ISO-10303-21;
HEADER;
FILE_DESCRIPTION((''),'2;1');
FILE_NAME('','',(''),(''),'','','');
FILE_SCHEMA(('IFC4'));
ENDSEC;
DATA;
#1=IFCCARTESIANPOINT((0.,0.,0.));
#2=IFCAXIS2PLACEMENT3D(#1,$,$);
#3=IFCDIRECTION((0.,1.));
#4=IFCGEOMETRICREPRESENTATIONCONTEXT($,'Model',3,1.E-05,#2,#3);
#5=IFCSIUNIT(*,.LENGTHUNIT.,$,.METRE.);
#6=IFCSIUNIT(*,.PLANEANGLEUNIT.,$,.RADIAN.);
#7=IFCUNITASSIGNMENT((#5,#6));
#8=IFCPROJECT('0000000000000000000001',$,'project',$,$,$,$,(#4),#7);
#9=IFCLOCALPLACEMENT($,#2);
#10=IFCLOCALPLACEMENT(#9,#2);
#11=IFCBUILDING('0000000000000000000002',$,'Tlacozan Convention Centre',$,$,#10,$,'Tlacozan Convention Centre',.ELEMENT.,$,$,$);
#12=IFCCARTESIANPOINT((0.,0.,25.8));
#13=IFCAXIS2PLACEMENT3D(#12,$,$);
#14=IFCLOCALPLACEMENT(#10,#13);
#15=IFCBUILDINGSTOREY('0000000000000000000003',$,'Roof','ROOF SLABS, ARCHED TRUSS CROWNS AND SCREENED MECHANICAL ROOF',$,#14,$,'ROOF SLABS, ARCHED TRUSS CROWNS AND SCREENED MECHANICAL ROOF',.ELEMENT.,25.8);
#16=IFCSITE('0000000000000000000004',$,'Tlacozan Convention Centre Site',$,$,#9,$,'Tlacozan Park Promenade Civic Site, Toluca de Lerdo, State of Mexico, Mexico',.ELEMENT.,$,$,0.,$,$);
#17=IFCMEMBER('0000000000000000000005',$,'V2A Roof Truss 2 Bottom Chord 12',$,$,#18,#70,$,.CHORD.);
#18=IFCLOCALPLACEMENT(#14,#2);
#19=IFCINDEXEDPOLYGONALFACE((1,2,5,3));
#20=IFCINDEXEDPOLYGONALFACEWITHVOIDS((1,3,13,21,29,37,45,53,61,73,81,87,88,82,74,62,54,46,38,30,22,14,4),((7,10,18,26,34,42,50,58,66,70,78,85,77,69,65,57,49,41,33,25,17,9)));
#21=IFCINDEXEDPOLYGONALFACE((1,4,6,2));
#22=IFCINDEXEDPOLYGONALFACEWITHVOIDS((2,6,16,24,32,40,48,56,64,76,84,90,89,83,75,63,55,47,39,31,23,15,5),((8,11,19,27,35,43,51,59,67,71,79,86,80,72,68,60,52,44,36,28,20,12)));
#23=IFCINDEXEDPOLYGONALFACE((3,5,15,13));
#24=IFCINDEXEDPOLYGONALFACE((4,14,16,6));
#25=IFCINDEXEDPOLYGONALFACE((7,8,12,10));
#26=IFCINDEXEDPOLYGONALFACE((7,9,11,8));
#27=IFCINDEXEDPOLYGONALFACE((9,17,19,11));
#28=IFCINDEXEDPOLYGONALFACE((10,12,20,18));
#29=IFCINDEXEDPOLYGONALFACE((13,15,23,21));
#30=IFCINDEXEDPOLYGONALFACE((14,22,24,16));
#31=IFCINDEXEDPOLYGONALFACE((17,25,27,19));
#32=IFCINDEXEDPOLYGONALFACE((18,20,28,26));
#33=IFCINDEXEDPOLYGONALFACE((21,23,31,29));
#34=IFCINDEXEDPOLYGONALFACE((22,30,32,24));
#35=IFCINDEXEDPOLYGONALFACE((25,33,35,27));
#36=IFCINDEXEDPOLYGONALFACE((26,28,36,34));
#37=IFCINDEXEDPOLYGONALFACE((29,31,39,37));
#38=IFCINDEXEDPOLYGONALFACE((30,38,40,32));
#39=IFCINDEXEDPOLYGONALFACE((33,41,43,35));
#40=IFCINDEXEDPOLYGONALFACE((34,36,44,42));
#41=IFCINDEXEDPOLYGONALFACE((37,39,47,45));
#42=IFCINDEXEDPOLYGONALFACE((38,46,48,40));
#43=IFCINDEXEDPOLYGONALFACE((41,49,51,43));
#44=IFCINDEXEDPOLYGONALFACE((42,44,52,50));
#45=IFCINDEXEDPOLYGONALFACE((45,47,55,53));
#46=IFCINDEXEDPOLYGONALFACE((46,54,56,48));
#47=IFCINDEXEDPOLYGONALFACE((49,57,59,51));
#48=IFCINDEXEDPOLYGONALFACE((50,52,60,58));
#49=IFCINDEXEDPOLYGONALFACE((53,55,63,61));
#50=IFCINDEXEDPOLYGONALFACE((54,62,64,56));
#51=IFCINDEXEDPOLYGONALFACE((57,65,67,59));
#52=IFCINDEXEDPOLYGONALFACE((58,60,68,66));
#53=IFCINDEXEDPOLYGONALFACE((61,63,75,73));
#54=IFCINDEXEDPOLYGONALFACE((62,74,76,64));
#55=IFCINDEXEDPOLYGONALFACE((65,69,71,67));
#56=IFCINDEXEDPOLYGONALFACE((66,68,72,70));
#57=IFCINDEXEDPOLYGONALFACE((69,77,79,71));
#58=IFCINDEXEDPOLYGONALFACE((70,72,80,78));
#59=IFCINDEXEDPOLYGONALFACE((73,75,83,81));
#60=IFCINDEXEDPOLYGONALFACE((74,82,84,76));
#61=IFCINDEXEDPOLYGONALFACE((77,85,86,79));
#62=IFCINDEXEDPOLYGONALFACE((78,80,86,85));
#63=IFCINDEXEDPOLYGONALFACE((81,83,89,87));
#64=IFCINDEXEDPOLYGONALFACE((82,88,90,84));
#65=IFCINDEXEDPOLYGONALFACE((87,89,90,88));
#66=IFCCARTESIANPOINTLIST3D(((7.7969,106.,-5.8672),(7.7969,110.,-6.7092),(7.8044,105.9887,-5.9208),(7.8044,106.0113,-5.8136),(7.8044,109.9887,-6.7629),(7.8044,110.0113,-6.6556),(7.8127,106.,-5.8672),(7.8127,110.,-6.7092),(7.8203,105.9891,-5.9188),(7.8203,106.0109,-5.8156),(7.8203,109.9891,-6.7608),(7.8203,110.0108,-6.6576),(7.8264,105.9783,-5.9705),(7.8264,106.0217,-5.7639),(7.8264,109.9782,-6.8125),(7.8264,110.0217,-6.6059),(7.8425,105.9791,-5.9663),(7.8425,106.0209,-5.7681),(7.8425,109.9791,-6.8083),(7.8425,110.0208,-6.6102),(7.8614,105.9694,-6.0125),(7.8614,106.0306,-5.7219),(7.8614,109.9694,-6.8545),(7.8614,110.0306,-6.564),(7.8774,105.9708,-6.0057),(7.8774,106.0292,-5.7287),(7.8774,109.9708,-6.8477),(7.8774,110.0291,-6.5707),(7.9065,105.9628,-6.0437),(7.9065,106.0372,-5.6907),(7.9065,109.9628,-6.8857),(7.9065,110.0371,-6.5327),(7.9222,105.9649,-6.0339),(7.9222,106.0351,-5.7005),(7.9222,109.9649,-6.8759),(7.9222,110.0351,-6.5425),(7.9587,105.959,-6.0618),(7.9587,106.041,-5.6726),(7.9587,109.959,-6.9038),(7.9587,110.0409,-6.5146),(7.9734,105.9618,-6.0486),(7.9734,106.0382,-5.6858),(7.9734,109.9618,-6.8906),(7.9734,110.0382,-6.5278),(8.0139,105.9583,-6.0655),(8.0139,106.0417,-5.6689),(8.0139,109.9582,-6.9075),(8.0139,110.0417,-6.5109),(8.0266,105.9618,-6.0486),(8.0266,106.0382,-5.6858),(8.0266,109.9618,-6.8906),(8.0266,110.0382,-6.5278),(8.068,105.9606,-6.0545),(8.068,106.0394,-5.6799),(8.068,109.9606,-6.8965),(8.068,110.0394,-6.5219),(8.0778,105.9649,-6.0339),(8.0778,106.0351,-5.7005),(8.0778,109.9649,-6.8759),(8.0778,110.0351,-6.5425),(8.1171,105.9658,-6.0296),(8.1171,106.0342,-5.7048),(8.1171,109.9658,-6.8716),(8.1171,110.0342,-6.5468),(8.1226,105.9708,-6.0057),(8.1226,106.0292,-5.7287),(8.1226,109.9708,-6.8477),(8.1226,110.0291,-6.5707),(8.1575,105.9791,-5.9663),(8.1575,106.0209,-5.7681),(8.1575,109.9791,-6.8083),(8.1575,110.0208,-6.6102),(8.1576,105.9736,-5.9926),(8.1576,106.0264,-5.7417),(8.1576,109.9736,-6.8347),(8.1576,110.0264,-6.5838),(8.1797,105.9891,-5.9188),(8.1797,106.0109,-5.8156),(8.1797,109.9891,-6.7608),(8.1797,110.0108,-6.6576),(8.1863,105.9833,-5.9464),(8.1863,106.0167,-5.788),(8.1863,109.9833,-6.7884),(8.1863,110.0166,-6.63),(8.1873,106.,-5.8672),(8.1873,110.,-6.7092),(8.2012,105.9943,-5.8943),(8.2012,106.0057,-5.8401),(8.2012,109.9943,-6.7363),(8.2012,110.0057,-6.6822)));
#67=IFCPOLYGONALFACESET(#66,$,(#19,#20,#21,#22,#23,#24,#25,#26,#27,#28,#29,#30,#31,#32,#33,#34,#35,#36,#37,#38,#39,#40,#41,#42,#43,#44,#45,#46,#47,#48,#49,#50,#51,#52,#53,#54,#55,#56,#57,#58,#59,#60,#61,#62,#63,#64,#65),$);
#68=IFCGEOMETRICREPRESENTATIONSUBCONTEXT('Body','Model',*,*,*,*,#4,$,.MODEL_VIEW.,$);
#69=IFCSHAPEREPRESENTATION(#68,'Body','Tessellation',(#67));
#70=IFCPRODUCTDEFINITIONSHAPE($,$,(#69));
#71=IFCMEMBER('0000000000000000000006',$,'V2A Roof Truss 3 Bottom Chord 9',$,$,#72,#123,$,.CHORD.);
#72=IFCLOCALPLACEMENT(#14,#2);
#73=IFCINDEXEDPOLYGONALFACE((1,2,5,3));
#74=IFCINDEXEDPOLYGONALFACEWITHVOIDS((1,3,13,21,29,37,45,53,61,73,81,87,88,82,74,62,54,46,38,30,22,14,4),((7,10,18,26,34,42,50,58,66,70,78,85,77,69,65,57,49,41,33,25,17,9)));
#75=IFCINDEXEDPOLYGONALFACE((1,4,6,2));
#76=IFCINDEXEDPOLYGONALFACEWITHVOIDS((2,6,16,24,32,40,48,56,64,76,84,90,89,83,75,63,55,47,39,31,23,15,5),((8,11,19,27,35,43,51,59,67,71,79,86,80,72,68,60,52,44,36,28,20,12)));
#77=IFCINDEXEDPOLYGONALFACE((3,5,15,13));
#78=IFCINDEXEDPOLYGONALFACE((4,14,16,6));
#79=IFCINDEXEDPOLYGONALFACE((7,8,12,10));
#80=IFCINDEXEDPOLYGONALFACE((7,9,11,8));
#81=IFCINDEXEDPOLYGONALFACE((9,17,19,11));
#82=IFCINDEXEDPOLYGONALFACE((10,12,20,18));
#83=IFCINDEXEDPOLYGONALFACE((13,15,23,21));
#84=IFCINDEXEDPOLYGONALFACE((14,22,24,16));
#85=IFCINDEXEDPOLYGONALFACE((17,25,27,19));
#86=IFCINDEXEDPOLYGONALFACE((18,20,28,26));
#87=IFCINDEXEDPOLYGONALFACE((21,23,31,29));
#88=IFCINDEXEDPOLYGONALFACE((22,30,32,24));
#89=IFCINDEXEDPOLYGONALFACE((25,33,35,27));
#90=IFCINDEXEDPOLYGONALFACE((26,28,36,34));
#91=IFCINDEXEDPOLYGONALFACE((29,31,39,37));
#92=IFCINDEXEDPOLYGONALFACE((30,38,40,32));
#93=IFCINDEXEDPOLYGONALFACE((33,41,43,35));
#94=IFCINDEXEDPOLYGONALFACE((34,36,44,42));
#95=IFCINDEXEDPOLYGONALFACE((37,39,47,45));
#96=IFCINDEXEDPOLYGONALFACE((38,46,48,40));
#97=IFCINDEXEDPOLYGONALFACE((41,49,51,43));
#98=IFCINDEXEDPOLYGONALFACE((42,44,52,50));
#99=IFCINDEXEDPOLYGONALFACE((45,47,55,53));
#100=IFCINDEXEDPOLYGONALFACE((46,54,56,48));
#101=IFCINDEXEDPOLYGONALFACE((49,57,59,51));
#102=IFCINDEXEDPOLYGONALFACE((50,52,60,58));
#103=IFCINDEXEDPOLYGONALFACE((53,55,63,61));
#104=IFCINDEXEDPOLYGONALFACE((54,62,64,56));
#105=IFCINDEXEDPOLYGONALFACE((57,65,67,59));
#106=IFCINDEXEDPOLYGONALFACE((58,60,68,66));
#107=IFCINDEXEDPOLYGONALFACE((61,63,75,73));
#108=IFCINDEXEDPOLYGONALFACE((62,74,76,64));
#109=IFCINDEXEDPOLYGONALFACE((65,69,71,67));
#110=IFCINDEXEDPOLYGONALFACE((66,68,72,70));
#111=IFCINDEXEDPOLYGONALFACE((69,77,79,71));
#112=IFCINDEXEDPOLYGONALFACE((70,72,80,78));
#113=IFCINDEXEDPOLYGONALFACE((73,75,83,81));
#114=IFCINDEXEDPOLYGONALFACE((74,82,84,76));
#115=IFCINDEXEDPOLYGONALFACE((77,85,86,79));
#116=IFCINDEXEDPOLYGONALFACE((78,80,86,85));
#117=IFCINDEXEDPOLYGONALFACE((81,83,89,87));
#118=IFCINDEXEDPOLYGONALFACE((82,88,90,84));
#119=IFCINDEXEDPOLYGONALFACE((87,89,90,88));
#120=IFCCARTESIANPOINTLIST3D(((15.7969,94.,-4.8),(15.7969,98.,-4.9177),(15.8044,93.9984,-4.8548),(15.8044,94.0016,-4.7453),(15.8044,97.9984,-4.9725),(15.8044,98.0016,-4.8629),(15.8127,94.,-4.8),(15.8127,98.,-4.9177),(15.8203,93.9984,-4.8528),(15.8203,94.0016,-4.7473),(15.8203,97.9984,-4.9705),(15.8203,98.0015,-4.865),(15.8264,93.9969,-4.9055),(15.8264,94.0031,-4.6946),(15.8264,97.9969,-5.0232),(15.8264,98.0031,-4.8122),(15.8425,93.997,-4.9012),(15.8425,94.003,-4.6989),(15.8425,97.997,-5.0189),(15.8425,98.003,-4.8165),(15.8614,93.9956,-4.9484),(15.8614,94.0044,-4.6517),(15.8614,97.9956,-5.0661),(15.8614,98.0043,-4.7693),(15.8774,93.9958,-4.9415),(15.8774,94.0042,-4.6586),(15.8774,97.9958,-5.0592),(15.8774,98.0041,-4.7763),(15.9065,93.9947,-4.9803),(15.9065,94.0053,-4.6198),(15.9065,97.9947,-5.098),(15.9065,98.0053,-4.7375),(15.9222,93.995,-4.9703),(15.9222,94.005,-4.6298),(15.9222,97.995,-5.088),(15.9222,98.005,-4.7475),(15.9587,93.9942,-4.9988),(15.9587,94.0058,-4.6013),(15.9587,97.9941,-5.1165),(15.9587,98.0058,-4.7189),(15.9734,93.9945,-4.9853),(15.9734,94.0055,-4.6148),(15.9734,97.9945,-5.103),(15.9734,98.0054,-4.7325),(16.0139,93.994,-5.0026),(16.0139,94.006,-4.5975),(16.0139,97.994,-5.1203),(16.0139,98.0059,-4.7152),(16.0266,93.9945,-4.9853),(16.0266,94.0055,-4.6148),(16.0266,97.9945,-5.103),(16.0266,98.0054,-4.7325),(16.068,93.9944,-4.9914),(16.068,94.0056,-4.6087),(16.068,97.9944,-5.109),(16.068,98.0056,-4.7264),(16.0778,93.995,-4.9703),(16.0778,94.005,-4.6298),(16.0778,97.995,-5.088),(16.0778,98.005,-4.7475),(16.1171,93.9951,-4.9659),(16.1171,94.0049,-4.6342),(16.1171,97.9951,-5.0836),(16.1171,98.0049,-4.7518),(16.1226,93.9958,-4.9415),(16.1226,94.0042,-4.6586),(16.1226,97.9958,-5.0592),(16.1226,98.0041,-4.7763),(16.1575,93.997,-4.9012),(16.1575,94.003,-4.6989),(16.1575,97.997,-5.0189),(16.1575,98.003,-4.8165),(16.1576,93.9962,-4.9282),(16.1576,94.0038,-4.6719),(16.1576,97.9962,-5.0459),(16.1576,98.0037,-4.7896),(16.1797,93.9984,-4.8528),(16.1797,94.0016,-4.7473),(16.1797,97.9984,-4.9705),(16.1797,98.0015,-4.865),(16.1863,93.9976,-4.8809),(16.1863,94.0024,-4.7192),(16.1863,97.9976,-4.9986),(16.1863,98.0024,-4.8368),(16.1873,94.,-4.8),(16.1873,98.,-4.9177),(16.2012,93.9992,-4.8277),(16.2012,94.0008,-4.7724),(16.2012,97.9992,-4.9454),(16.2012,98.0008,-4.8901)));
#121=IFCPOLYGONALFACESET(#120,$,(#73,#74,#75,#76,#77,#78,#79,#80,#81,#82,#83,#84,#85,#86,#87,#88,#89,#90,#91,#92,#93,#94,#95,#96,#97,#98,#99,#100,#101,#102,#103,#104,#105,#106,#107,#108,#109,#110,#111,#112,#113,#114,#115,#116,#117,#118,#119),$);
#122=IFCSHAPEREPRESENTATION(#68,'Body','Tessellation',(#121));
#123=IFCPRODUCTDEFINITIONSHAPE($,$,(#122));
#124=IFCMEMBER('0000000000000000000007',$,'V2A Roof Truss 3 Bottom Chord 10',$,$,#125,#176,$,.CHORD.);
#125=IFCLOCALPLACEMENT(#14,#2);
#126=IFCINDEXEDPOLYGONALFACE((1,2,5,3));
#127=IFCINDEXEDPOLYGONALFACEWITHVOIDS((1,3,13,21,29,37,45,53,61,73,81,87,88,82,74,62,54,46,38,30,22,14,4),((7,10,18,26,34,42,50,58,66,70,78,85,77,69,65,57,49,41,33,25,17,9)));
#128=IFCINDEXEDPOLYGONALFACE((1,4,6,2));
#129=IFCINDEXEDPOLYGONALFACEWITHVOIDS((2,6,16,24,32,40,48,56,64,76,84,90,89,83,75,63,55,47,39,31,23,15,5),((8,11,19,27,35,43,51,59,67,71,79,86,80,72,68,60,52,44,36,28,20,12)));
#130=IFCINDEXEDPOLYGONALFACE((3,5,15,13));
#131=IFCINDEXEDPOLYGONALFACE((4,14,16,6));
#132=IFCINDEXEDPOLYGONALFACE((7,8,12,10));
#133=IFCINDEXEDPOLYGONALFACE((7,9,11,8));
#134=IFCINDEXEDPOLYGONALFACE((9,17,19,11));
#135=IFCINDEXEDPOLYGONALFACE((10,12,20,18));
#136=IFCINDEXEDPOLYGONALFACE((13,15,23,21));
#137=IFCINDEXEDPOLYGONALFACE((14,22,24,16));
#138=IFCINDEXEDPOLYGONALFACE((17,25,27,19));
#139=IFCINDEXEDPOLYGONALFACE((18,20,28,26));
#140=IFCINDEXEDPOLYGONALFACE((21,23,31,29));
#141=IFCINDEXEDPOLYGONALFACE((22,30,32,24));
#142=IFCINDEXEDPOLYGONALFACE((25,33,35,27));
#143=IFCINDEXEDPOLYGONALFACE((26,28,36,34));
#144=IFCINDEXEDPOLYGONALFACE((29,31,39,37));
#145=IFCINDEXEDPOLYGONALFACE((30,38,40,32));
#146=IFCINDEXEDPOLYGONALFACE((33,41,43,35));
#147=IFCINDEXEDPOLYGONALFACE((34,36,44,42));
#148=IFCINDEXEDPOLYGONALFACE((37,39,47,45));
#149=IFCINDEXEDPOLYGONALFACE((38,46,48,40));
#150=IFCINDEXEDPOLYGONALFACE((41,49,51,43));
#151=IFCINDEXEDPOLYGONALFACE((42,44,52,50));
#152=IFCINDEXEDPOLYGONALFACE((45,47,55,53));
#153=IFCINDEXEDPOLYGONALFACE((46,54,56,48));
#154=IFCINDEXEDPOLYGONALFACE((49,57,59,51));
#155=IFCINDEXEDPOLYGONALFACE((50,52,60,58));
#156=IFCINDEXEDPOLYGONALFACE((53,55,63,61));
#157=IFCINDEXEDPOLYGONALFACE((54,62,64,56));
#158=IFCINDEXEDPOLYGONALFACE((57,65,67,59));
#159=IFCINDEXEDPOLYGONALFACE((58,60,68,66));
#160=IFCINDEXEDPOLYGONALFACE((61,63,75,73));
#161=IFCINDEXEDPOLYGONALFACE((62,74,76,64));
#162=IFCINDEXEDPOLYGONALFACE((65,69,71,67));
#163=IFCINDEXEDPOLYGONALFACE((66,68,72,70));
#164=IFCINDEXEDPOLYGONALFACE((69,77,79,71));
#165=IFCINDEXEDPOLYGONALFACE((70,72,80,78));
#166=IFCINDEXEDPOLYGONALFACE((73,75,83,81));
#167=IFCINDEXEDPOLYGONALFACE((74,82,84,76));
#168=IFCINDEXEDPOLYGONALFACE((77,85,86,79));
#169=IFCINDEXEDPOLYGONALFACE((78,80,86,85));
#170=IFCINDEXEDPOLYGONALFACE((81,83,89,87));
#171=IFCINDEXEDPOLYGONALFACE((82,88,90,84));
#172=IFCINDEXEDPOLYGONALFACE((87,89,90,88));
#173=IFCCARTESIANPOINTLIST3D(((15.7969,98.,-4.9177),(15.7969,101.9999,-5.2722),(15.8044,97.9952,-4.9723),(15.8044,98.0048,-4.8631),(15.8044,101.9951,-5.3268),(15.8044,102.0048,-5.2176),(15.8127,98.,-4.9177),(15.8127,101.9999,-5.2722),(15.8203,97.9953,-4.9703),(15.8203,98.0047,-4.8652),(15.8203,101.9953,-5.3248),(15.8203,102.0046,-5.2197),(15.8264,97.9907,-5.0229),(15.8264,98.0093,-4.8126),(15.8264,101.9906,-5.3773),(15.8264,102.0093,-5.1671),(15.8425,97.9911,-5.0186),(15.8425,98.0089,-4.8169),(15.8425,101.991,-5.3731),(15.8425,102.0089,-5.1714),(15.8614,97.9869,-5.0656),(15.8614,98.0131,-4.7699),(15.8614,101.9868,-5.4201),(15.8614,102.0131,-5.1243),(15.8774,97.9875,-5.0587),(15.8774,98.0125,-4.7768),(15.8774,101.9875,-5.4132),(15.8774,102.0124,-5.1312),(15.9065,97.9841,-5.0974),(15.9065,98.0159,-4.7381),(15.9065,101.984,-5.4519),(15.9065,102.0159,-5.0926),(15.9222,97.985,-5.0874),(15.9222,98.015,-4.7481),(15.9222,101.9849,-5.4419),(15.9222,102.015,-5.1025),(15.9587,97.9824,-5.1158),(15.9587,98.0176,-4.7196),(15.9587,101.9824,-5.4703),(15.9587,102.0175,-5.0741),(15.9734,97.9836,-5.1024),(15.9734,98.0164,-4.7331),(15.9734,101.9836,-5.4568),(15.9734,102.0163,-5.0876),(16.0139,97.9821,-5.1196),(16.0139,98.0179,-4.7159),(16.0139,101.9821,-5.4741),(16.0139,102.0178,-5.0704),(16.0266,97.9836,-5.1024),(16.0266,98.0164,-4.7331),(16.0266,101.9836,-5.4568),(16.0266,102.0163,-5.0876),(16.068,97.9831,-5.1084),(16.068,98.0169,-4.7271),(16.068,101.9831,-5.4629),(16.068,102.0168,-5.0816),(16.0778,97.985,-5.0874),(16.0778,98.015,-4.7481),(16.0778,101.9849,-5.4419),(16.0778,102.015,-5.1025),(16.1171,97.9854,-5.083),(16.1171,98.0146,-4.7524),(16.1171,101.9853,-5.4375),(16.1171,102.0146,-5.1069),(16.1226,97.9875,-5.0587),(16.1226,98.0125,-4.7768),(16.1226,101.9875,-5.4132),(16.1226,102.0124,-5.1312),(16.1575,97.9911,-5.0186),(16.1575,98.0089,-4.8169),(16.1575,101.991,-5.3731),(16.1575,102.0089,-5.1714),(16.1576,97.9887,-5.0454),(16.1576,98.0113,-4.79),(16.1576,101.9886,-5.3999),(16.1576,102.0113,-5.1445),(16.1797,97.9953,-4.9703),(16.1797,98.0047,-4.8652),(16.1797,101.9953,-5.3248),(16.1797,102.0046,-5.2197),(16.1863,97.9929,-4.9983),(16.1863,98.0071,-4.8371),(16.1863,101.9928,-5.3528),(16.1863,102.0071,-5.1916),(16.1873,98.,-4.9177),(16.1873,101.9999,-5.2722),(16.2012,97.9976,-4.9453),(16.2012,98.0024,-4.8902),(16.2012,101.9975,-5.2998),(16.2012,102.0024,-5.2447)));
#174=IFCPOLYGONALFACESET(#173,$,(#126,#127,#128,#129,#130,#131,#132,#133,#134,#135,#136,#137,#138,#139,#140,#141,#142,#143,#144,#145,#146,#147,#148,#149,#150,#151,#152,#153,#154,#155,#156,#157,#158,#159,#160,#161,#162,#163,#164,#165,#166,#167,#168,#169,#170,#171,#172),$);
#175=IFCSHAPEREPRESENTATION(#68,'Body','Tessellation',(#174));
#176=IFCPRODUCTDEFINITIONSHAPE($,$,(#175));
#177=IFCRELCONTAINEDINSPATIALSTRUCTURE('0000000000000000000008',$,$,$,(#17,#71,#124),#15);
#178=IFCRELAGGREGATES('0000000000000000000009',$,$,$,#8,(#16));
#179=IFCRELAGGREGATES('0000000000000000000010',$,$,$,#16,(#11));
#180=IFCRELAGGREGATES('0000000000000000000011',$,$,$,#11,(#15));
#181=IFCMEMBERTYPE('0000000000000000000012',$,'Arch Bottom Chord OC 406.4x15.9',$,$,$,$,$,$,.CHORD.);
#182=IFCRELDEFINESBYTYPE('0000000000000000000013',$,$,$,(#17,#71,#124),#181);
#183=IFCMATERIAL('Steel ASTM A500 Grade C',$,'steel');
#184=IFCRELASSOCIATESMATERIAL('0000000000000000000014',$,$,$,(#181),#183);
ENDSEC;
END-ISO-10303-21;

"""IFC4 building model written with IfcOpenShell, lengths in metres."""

from ifc_helpers import new_model, si_unit, direction, frame, origin, origin_2d, place, context, subcontext, project, spatial, hollow_circle, extrude, material, material_profile, profile_set, type_object, element, save


model = new_model("IFC4")

# Units and contexts
model_context = context("Model", 3, precision=1e-05, world=origin(), true_north=direction((0.0, 1.0)))
body_context = subcontext(model_context, "Body", "Model", "MODEL_VIEW")
ifc_project = project(units=[si_unit("LENGTHUNIT", "METRE"), si_unit("PLANEANGLEUNIT", "RADIAN")], contexts=[model_context])

# Site, building, storey
site_placement = place(None, origin())
site = spatial("IfcSite", under=ifc_project, at=site_placement, Name="Tlacozan Convention Centre Site", LongName="Tlacozan Park Promenade Civic Site, Toluca de Lerdo, State of Mexico, Mexico", CompositionType="ELEMENT", RefElevation=0.0)
building_placement = place(site_placement, origin())
building = spatial("IfcBuilding", under=site, at=building_placement, Name="Tlacozan Convention Centre", LongName="Tlacozan Convention Centre", CompositionType="ELEMENT")
storey_placement = place(building_placement, frame((0.0, 0.0, 25.8)))
storey = spatial("IfcBuildingStorey", under=building, at=storey_placement, Name="Roof", Description="ROOF SLABS, ARCHED TRUSS CROWNS AND SCREENED MECHANICAL ROOF", LongName="ROOF SLABS, ARCHED TRUSS CROWNS AND SCREENED MECHANICAL ROOF", CompositionType="ELEMENT", Elevation=25.8)

# Members
ifc_material_1 = material(Name="Steel ASTM A500 Grade C", Category="steel")
ifc_material_profile_1 = material_profile(ifc_material_1, hollow_circle(Radius=0.2031, WallThickness=0.0159, at=origin_2d()), Name="OC 406.4x15.9")
ifc_profile_set_1 = profile_set([ifc_material_profile_1], Name="Steel ASTM A500 Grade C")
member_type_1 = type_object("IfcMemberType", Name="Arch Bottom Chord OC 406.4x15.9", PredefinedType="CHORD", material=ifc_profile_set_1)
member_1_placement = place(storey_placement, frame((8.0, 106.0, -5.8672), z_axis=(0.0, 0.978553, -0.205995), x_axis=(-1.0, 0.0, 0.0)))
element("IfcMember", 1, at=member_1_placement, inside=storey, type_object=member_type_1, Name="V2A Roof Truss 2 Bottom Chord 12", PredefinedType="CHORD", context=body_context, shape_type="SweptSolid", body=[
    extrude(hollow_circle(Radius=0.2031, WallThickness=0.0159, at=origin_2d()), origin(), (0.0, 0.0, 1.0), 4.0876),
])
member_2_placement = place(storey_placement, frame((16.0, 94.0, -4.8), z_axis=(0.0, 0.999568, -0.029406), x_axis=(-1.0, 0.0, 0.0)))
element("IfcMember", 2, at=member_2_placement, inside=storey, type_object=member_type_1, Name="V2A Roof Truss 3 Bottom Chord 9", PredefinedType="CHORD", context=body_context, shape_type="SweptSolid", body=[
    extrude(hollow_circle(Radius=0.2031, WallThickness=0.0159, at=origin_2d()), origin(), (0.0, 0.0, 1.0), 4.0017),
])
member_3_placement = place(storey_placement, frame((16.0, 98.0, -4.9177), z_axis=(0.0, 0.996096, -0.088277), x_axis=(-1.0, 0.0, 0.0)))
element("IfcMember", 3, at=member_3_placement, inside=storey, type_object=member_type_1, Name="V2A Roof Truss 3 Bottom Chord 10", PredefinedType="CHORD", context=body_context, shape_type="SweptSolid", body=[
    extrude(hollow_circle(Radius=0.2031, WallThickness=0.0159, at=origin_2d()), origin(), (0.0, 0.0, 1.0), 4.0156),
])

save(model, "model.ifc")
